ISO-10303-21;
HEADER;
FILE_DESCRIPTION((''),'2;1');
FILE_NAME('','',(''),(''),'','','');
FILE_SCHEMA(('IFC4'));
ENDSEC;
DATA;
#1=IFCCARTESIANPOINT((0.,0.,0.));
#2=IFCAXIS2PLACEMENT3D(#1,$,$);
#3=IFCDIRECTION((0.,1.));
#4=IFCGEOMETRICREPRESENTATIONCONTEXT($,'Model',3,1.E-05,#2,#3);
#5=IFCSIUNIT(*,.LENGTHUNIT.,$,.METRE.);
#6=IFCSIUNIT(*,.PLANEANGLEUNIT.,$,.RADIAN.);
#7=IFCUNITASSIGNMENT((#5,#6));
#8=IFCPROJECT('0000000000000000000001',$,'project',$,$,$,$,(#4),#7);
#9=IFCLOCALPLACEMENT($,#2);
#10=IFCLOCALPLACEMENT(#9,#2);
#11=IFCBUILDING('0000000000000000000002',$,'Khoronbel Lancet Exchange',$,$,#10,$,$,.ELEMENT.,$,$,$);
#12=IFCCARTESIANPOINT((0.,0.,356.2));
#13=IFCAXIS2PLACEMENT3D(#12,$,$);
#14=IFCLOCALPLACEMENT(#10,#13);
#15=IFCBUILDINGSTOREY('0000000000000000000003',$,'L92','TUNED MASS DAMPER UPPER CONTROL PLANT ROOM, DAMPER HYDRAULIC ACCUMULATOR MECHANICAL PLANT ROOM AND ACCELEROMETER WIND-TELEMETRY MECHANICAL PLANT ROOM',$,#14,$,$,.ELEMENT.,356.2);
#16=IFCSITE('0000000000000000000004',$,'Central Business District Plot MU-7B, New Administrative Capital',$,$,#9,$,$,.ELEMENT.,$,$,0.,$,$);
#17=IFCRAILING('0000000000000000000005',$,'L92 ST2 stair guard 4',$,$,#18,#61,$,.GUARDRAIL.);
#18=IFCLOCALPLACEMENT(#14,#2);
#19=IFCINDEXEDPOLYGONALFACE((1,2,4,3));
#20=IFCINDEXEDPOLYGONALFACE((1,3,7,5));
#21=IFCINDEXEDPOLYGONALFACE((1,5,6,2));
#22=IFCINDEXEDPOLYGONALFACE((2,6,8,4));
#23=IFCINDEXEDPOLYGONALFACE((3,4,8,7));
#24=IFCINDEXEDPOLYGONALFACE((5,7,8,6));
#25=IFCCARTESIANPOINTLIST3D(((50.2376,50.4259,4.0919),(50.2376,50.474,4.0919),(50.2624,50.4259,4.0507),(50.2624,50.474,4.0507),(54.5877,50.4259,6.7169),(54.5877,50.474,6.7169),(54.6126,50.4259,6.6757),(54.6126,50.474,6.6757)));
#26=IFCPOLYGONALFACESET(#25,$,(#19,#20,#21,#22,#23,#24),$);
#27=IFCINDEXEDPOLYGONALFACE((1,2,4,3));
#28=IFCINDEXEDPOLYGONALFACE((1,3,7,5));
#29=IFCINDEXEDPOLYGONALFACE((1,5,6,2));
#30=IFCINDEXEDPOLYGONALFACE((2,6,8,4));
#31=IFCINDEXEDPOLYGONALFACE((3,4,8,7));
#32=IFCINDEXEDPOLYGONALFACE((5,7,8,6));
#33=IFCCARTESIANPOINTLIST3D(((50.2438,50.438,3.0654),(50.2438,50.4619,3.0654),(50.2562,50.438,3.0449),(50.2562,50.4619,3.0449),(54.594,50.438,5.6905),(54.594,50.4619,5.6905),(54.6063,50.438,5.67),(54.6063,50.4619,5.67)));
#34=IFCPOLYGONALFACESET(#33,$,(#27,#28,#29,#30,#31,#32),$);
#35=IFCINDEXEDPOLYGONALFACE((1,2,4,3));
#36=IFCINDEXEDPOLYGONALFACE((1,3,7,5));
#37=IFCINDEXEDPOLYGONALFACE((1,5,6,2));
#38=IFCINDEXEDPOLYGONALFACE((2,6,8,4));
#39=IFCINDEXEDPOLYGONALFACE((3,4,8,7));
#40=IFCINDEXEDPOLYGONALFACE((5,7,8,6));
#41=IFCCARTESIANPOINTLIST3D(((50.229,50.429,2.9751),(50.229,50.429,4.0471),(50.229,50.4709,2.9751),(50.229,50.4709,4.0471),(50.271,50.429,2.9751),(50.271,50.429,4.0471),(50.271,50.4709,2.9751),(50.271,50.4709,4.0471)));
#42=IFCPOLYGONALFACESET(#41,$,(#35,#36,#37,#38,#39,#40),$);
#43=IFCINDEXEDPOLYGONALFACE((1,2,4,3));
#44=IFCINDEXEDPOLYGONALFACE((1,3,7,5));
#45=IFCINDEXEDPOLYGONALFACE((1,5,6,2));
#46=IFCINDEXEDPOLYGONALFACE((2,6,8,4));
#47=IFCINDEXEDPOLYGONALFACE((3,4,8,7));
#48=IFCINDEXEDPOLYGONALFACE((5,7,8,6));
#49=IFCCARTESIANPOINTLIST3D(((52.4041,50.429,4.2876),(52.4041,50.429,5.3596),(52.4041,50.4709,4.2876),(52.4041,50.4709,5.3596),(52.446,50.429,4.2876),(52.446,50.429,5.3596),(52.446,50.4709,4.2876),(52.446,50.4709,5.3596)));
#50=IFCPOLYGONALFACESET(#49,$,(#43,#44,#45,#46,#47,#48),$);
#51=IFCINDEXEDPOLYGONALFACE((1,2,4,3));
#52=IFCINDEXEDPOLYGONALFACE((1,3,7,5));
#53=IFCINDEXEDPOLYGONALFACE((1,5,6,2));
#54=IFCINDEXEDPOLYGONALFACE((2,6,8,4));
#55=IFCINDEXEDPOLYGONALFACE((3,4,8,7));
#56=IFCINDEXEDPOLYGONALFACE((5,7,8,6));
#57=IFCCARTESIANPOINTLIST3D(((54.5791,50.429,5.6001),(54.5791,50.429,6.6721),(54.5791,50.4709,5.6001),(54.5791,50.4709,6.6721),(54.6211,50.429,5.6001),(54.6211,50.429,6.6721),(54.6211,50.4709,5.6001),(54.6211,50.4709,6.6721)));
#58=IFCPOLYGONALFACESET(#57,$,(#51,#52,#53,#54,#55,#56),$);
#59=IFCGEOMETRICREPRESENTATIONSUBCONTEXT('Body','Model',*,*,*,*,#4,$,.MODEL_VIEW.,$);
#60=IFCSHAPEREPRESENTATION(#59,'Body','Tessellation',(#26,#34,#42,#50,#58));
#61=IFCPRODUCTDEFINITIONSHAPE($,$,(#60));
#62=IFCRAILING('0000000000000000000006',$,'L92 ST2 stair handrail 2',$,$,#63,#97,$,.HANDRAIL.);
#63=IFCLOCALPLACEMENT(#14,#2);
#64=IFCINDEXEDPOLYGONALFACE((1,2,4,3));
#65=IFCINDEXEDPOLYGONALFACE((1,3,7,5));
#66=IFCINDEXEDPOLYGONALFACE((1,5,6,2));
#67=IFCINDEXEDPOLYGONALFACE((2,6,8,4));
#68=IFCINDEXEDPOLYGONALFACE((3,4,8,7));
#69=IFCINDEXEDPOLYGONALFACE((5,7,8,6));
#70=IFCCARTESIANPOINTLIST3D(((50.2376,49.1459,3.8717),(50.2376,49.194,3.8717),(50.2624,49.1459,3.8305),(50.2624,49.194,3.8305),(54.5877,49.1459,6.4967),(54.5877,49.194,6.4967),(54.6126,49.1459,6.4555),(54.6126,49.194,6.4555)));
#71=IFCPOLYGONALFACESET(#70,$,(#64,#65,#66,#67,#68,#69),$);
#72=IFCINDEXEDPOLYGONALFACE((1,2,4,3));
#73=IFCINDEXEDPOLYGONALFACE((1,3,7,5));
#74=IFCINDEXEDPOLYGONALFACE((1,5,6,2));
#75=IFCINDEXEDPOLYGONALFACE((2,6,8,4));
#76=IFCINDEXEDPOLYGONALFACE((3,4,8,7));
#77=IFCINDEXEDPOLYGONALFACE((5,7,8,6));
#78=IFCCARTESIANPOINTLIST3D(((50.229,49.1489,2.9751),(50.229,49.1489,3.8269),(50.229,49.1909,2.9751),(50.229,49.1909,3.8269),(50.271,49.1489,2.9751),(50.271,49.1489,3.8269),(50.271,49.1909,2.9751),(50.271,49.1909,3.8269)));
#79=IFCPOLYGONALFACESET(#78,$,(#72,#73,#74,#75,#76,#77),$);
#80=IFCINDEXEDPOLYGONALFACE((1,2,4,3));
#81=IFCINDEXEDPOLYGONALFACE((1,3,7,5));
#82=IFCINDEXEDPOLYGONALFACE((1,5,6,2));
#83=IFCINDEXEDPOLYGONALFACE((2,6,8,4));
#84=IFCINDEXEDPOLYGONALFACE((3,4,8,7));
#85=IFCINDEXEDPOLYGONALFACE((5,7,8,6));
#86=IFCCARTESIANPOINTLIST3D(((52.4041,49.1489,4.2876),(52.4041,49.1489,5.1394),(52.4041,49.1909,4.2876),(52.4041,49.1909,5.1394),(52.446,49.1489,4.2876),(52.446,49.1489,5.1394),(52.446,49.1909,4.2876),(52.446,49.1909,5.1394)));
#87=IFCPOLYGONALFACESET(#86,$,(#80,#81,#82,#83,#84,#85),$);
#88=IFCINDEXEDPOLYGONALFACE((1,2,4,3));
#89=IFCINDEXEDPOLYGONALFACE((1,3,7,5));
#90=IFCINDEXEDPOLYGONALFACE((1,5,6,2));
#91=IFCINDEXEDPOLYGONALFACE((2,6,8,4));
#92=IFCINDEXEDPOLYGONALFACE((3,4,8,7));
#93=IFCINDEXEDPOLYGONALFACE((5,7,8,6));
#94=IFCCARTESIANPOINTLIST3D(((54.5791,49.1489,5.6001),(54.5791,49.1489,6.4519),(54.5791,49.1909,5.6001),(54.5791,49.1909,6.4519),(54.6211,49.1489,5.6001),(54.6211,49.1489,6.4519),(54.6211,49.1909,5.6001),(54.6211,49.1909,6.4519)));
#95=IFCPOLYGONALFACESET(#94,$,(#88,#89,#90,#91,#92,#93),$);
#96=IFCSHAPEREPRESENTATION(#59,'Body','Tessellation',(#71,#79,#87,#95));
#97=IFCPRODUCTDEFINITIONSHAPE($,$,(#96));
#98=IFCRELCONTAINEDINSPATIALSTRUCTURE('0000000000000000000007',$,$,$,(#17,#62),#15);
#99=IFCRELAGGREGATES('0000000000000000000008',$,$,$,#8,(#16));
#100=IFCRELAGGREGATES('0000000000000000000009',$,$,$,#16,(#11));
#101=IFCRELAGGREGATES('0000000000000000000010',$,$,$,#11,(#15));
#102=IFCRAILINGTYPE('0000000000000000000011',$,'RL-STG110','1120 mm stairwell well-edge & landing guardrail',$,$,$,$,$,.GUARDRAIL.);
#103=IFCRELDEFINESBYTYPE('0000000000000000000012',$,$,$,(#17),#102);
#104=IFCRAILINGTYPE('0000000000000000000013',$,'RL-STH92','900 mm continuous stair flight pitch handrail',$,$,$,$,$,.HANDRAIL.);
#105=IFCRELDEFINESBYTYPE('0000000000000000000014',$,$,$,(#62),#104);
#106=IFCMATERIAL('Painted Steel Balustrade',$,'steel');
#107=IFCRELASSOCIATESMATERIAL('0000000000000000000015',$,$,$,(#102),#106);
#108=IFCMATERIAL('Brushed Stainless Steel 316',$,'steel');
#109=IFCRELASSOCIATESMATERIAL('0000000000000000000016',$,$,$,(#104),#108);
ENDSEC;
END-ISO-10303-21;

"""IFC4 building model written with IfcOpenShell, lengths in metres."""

from ifc_helpers import new_model, si_unit, direction, frame, origin, origin_2d, place, context, subcontext, project, spatial, rectangle, extrude, material, type_object, element, save


model = new_model("IFC4")

# Units and contexts
model_context = context("Model", 3, precision=1e-05, world=origin(), true_north=direction((0.0, 1.0)))
body_context = subcontext(model_context, "Body", "Model", "MODEL_VIEW")
ifc_project = project(units=[si_unit("LENGTHUNIT", "METRE"), si_unit("PLANEANGLEUNIT", "RADIAN")], contexts=[model_context])

# Site, building, storey
site_placement = place(None, origin())
site = spatial("IfcSite", under=ifc_project, at=site_placement, Name="Central Business District Plot MU-7B, New Administrative Capital", CompositionType="ELEMENT", RefElevation=0.0)
building_placement = place(site_placement, origin())
building = spatial("IfcBuilding", under=site, at=building_placement, Name="Khoronbel Lancet Exchange", CompositionType="ELEMENT")
storey_placement = place(building_placement, frame((0.0, 0.0, 356.2)))
storey = spatial("IfcBuildingStorey", under=building, at=storey_placement, Name="L92", Description="TUNED MASS DAMPER UPPER CONTROL PLANT ROOM, DAMPER HYDRAULIC ACCUMULATOR MECHANICAL PLANT ROOM AND ACCELEROMETER WIND-TELEMETRY MECHANICAL PLANT ROOM", CompositionType="ELEMENT", Elevation=356.2)

# Railings
ifc_material_1 = material(Name="Painted Steel Balustrade", Category="steel")
railing_type_1 = type_object("IfcRailingType", Name="RL-STG110", Description="1120 mm stairwell well-edge & landing guardrail", PredefinedType="GUARDRAIL", material=ifc_material_1)
railing_1_placement = place(storey_placement, frame((50.25, 50.45, 2.9751)))
element("IfcRailing", 1, at=railing_1_placement, inside=storey, type_object=railing_type_1, Name="L92 ST2 stair guard 4", PredefinedType="GUARDRAIL", context=body_context, shape_type="SweptSolid", body=[
    extrude(rectangle(XDim=0.0481, YDim=0.0481, at=origin_2d()), frame((0.0, 0.0, 1.0962), z_axis=(0.856193, 0.0, 0.516656), x_axis=(0.0, 1.0, 0.0)), (0.0, 0.0, 1.0), 5.0808),
    extrude(rectangle(XDim=0.0239, YDim=0.0239, at=origin_2d()), frame((0.0, 0.0, 0.0801), z_axis=(0.856193, 0.0, 0.516656), x_axis=(0.0, 1.0, 0.0)), (0.0, 0.0, 1.0), 5.0808),
    extrude(rectangle(XDim=0.042, YDim=0.042, at=origin_2d()), origin(), (0.0, 0.0, 1.0), 1.072),
    extrude(rectangle(XDim=0.042, YDim=0.042, at=origin_2d()), frame((2.175, 0.0, 1.3125)), (0.0, 0.0, 1.0), 1.072),
    extrude(rectangle(XDim=0.042, YDim=0.042, at=origin_2d()), frame((4.3501, 0.0, 2.625)), (0.0, 0.0, 1.0), 1.072),
])
ifc_material_2 = material(Name="Brushed Stainless Steel 316", Category="steel")
railing_type_2 = type_object("IfcRailingType", Name="RL-STH92", Description="900 mm continuous stair flight pitch handrail", PredefinedType="HANDRAIL", material=ifc_material_2)
railing_2_placement = place(storey_placement, frame((50.25, 49.1699, 2.9751)))
element("IfcRailing", 2, at=railing_2_placement, inside=storey, type_object=railing_type_2, Name="L92 ST2 stair handrail 2", PredefinedType="HANDRAIL", context=body_context, shape_type="SweptSolid", body=[
    extrude(rectangle(XDim=0.0481, YDim=0.0481, at=origin_2d()), frame((0.0, 0.0, 0.876), z_axis=(0.856193, 0.0, 0.516656), x_axis=(0.0, 1.0, 0.0)), (0.0, 0.0, 1.0), 5.0808),
    extrude(rectangle(XDim=0.042, YDim=0.042, at=origin_2d()), origin(), (0.0, 0.0, 1.0), 0.8518),
    extrude(rectangle(XDim=0.042, YDim=0.042, at=origin_2d()), frame((2.175, 0.0, 1.3125)), (0.0, 0.0, 1.0), 0.8518),
    extrude(rectangle(XDim=0.042, YDim=0.042, at=origin_2d()), frame((4.3501, 0.0, 2.625)), (0.0, 0.0, 1.0), 0.8518),
])

save(model, "model.ifc")
